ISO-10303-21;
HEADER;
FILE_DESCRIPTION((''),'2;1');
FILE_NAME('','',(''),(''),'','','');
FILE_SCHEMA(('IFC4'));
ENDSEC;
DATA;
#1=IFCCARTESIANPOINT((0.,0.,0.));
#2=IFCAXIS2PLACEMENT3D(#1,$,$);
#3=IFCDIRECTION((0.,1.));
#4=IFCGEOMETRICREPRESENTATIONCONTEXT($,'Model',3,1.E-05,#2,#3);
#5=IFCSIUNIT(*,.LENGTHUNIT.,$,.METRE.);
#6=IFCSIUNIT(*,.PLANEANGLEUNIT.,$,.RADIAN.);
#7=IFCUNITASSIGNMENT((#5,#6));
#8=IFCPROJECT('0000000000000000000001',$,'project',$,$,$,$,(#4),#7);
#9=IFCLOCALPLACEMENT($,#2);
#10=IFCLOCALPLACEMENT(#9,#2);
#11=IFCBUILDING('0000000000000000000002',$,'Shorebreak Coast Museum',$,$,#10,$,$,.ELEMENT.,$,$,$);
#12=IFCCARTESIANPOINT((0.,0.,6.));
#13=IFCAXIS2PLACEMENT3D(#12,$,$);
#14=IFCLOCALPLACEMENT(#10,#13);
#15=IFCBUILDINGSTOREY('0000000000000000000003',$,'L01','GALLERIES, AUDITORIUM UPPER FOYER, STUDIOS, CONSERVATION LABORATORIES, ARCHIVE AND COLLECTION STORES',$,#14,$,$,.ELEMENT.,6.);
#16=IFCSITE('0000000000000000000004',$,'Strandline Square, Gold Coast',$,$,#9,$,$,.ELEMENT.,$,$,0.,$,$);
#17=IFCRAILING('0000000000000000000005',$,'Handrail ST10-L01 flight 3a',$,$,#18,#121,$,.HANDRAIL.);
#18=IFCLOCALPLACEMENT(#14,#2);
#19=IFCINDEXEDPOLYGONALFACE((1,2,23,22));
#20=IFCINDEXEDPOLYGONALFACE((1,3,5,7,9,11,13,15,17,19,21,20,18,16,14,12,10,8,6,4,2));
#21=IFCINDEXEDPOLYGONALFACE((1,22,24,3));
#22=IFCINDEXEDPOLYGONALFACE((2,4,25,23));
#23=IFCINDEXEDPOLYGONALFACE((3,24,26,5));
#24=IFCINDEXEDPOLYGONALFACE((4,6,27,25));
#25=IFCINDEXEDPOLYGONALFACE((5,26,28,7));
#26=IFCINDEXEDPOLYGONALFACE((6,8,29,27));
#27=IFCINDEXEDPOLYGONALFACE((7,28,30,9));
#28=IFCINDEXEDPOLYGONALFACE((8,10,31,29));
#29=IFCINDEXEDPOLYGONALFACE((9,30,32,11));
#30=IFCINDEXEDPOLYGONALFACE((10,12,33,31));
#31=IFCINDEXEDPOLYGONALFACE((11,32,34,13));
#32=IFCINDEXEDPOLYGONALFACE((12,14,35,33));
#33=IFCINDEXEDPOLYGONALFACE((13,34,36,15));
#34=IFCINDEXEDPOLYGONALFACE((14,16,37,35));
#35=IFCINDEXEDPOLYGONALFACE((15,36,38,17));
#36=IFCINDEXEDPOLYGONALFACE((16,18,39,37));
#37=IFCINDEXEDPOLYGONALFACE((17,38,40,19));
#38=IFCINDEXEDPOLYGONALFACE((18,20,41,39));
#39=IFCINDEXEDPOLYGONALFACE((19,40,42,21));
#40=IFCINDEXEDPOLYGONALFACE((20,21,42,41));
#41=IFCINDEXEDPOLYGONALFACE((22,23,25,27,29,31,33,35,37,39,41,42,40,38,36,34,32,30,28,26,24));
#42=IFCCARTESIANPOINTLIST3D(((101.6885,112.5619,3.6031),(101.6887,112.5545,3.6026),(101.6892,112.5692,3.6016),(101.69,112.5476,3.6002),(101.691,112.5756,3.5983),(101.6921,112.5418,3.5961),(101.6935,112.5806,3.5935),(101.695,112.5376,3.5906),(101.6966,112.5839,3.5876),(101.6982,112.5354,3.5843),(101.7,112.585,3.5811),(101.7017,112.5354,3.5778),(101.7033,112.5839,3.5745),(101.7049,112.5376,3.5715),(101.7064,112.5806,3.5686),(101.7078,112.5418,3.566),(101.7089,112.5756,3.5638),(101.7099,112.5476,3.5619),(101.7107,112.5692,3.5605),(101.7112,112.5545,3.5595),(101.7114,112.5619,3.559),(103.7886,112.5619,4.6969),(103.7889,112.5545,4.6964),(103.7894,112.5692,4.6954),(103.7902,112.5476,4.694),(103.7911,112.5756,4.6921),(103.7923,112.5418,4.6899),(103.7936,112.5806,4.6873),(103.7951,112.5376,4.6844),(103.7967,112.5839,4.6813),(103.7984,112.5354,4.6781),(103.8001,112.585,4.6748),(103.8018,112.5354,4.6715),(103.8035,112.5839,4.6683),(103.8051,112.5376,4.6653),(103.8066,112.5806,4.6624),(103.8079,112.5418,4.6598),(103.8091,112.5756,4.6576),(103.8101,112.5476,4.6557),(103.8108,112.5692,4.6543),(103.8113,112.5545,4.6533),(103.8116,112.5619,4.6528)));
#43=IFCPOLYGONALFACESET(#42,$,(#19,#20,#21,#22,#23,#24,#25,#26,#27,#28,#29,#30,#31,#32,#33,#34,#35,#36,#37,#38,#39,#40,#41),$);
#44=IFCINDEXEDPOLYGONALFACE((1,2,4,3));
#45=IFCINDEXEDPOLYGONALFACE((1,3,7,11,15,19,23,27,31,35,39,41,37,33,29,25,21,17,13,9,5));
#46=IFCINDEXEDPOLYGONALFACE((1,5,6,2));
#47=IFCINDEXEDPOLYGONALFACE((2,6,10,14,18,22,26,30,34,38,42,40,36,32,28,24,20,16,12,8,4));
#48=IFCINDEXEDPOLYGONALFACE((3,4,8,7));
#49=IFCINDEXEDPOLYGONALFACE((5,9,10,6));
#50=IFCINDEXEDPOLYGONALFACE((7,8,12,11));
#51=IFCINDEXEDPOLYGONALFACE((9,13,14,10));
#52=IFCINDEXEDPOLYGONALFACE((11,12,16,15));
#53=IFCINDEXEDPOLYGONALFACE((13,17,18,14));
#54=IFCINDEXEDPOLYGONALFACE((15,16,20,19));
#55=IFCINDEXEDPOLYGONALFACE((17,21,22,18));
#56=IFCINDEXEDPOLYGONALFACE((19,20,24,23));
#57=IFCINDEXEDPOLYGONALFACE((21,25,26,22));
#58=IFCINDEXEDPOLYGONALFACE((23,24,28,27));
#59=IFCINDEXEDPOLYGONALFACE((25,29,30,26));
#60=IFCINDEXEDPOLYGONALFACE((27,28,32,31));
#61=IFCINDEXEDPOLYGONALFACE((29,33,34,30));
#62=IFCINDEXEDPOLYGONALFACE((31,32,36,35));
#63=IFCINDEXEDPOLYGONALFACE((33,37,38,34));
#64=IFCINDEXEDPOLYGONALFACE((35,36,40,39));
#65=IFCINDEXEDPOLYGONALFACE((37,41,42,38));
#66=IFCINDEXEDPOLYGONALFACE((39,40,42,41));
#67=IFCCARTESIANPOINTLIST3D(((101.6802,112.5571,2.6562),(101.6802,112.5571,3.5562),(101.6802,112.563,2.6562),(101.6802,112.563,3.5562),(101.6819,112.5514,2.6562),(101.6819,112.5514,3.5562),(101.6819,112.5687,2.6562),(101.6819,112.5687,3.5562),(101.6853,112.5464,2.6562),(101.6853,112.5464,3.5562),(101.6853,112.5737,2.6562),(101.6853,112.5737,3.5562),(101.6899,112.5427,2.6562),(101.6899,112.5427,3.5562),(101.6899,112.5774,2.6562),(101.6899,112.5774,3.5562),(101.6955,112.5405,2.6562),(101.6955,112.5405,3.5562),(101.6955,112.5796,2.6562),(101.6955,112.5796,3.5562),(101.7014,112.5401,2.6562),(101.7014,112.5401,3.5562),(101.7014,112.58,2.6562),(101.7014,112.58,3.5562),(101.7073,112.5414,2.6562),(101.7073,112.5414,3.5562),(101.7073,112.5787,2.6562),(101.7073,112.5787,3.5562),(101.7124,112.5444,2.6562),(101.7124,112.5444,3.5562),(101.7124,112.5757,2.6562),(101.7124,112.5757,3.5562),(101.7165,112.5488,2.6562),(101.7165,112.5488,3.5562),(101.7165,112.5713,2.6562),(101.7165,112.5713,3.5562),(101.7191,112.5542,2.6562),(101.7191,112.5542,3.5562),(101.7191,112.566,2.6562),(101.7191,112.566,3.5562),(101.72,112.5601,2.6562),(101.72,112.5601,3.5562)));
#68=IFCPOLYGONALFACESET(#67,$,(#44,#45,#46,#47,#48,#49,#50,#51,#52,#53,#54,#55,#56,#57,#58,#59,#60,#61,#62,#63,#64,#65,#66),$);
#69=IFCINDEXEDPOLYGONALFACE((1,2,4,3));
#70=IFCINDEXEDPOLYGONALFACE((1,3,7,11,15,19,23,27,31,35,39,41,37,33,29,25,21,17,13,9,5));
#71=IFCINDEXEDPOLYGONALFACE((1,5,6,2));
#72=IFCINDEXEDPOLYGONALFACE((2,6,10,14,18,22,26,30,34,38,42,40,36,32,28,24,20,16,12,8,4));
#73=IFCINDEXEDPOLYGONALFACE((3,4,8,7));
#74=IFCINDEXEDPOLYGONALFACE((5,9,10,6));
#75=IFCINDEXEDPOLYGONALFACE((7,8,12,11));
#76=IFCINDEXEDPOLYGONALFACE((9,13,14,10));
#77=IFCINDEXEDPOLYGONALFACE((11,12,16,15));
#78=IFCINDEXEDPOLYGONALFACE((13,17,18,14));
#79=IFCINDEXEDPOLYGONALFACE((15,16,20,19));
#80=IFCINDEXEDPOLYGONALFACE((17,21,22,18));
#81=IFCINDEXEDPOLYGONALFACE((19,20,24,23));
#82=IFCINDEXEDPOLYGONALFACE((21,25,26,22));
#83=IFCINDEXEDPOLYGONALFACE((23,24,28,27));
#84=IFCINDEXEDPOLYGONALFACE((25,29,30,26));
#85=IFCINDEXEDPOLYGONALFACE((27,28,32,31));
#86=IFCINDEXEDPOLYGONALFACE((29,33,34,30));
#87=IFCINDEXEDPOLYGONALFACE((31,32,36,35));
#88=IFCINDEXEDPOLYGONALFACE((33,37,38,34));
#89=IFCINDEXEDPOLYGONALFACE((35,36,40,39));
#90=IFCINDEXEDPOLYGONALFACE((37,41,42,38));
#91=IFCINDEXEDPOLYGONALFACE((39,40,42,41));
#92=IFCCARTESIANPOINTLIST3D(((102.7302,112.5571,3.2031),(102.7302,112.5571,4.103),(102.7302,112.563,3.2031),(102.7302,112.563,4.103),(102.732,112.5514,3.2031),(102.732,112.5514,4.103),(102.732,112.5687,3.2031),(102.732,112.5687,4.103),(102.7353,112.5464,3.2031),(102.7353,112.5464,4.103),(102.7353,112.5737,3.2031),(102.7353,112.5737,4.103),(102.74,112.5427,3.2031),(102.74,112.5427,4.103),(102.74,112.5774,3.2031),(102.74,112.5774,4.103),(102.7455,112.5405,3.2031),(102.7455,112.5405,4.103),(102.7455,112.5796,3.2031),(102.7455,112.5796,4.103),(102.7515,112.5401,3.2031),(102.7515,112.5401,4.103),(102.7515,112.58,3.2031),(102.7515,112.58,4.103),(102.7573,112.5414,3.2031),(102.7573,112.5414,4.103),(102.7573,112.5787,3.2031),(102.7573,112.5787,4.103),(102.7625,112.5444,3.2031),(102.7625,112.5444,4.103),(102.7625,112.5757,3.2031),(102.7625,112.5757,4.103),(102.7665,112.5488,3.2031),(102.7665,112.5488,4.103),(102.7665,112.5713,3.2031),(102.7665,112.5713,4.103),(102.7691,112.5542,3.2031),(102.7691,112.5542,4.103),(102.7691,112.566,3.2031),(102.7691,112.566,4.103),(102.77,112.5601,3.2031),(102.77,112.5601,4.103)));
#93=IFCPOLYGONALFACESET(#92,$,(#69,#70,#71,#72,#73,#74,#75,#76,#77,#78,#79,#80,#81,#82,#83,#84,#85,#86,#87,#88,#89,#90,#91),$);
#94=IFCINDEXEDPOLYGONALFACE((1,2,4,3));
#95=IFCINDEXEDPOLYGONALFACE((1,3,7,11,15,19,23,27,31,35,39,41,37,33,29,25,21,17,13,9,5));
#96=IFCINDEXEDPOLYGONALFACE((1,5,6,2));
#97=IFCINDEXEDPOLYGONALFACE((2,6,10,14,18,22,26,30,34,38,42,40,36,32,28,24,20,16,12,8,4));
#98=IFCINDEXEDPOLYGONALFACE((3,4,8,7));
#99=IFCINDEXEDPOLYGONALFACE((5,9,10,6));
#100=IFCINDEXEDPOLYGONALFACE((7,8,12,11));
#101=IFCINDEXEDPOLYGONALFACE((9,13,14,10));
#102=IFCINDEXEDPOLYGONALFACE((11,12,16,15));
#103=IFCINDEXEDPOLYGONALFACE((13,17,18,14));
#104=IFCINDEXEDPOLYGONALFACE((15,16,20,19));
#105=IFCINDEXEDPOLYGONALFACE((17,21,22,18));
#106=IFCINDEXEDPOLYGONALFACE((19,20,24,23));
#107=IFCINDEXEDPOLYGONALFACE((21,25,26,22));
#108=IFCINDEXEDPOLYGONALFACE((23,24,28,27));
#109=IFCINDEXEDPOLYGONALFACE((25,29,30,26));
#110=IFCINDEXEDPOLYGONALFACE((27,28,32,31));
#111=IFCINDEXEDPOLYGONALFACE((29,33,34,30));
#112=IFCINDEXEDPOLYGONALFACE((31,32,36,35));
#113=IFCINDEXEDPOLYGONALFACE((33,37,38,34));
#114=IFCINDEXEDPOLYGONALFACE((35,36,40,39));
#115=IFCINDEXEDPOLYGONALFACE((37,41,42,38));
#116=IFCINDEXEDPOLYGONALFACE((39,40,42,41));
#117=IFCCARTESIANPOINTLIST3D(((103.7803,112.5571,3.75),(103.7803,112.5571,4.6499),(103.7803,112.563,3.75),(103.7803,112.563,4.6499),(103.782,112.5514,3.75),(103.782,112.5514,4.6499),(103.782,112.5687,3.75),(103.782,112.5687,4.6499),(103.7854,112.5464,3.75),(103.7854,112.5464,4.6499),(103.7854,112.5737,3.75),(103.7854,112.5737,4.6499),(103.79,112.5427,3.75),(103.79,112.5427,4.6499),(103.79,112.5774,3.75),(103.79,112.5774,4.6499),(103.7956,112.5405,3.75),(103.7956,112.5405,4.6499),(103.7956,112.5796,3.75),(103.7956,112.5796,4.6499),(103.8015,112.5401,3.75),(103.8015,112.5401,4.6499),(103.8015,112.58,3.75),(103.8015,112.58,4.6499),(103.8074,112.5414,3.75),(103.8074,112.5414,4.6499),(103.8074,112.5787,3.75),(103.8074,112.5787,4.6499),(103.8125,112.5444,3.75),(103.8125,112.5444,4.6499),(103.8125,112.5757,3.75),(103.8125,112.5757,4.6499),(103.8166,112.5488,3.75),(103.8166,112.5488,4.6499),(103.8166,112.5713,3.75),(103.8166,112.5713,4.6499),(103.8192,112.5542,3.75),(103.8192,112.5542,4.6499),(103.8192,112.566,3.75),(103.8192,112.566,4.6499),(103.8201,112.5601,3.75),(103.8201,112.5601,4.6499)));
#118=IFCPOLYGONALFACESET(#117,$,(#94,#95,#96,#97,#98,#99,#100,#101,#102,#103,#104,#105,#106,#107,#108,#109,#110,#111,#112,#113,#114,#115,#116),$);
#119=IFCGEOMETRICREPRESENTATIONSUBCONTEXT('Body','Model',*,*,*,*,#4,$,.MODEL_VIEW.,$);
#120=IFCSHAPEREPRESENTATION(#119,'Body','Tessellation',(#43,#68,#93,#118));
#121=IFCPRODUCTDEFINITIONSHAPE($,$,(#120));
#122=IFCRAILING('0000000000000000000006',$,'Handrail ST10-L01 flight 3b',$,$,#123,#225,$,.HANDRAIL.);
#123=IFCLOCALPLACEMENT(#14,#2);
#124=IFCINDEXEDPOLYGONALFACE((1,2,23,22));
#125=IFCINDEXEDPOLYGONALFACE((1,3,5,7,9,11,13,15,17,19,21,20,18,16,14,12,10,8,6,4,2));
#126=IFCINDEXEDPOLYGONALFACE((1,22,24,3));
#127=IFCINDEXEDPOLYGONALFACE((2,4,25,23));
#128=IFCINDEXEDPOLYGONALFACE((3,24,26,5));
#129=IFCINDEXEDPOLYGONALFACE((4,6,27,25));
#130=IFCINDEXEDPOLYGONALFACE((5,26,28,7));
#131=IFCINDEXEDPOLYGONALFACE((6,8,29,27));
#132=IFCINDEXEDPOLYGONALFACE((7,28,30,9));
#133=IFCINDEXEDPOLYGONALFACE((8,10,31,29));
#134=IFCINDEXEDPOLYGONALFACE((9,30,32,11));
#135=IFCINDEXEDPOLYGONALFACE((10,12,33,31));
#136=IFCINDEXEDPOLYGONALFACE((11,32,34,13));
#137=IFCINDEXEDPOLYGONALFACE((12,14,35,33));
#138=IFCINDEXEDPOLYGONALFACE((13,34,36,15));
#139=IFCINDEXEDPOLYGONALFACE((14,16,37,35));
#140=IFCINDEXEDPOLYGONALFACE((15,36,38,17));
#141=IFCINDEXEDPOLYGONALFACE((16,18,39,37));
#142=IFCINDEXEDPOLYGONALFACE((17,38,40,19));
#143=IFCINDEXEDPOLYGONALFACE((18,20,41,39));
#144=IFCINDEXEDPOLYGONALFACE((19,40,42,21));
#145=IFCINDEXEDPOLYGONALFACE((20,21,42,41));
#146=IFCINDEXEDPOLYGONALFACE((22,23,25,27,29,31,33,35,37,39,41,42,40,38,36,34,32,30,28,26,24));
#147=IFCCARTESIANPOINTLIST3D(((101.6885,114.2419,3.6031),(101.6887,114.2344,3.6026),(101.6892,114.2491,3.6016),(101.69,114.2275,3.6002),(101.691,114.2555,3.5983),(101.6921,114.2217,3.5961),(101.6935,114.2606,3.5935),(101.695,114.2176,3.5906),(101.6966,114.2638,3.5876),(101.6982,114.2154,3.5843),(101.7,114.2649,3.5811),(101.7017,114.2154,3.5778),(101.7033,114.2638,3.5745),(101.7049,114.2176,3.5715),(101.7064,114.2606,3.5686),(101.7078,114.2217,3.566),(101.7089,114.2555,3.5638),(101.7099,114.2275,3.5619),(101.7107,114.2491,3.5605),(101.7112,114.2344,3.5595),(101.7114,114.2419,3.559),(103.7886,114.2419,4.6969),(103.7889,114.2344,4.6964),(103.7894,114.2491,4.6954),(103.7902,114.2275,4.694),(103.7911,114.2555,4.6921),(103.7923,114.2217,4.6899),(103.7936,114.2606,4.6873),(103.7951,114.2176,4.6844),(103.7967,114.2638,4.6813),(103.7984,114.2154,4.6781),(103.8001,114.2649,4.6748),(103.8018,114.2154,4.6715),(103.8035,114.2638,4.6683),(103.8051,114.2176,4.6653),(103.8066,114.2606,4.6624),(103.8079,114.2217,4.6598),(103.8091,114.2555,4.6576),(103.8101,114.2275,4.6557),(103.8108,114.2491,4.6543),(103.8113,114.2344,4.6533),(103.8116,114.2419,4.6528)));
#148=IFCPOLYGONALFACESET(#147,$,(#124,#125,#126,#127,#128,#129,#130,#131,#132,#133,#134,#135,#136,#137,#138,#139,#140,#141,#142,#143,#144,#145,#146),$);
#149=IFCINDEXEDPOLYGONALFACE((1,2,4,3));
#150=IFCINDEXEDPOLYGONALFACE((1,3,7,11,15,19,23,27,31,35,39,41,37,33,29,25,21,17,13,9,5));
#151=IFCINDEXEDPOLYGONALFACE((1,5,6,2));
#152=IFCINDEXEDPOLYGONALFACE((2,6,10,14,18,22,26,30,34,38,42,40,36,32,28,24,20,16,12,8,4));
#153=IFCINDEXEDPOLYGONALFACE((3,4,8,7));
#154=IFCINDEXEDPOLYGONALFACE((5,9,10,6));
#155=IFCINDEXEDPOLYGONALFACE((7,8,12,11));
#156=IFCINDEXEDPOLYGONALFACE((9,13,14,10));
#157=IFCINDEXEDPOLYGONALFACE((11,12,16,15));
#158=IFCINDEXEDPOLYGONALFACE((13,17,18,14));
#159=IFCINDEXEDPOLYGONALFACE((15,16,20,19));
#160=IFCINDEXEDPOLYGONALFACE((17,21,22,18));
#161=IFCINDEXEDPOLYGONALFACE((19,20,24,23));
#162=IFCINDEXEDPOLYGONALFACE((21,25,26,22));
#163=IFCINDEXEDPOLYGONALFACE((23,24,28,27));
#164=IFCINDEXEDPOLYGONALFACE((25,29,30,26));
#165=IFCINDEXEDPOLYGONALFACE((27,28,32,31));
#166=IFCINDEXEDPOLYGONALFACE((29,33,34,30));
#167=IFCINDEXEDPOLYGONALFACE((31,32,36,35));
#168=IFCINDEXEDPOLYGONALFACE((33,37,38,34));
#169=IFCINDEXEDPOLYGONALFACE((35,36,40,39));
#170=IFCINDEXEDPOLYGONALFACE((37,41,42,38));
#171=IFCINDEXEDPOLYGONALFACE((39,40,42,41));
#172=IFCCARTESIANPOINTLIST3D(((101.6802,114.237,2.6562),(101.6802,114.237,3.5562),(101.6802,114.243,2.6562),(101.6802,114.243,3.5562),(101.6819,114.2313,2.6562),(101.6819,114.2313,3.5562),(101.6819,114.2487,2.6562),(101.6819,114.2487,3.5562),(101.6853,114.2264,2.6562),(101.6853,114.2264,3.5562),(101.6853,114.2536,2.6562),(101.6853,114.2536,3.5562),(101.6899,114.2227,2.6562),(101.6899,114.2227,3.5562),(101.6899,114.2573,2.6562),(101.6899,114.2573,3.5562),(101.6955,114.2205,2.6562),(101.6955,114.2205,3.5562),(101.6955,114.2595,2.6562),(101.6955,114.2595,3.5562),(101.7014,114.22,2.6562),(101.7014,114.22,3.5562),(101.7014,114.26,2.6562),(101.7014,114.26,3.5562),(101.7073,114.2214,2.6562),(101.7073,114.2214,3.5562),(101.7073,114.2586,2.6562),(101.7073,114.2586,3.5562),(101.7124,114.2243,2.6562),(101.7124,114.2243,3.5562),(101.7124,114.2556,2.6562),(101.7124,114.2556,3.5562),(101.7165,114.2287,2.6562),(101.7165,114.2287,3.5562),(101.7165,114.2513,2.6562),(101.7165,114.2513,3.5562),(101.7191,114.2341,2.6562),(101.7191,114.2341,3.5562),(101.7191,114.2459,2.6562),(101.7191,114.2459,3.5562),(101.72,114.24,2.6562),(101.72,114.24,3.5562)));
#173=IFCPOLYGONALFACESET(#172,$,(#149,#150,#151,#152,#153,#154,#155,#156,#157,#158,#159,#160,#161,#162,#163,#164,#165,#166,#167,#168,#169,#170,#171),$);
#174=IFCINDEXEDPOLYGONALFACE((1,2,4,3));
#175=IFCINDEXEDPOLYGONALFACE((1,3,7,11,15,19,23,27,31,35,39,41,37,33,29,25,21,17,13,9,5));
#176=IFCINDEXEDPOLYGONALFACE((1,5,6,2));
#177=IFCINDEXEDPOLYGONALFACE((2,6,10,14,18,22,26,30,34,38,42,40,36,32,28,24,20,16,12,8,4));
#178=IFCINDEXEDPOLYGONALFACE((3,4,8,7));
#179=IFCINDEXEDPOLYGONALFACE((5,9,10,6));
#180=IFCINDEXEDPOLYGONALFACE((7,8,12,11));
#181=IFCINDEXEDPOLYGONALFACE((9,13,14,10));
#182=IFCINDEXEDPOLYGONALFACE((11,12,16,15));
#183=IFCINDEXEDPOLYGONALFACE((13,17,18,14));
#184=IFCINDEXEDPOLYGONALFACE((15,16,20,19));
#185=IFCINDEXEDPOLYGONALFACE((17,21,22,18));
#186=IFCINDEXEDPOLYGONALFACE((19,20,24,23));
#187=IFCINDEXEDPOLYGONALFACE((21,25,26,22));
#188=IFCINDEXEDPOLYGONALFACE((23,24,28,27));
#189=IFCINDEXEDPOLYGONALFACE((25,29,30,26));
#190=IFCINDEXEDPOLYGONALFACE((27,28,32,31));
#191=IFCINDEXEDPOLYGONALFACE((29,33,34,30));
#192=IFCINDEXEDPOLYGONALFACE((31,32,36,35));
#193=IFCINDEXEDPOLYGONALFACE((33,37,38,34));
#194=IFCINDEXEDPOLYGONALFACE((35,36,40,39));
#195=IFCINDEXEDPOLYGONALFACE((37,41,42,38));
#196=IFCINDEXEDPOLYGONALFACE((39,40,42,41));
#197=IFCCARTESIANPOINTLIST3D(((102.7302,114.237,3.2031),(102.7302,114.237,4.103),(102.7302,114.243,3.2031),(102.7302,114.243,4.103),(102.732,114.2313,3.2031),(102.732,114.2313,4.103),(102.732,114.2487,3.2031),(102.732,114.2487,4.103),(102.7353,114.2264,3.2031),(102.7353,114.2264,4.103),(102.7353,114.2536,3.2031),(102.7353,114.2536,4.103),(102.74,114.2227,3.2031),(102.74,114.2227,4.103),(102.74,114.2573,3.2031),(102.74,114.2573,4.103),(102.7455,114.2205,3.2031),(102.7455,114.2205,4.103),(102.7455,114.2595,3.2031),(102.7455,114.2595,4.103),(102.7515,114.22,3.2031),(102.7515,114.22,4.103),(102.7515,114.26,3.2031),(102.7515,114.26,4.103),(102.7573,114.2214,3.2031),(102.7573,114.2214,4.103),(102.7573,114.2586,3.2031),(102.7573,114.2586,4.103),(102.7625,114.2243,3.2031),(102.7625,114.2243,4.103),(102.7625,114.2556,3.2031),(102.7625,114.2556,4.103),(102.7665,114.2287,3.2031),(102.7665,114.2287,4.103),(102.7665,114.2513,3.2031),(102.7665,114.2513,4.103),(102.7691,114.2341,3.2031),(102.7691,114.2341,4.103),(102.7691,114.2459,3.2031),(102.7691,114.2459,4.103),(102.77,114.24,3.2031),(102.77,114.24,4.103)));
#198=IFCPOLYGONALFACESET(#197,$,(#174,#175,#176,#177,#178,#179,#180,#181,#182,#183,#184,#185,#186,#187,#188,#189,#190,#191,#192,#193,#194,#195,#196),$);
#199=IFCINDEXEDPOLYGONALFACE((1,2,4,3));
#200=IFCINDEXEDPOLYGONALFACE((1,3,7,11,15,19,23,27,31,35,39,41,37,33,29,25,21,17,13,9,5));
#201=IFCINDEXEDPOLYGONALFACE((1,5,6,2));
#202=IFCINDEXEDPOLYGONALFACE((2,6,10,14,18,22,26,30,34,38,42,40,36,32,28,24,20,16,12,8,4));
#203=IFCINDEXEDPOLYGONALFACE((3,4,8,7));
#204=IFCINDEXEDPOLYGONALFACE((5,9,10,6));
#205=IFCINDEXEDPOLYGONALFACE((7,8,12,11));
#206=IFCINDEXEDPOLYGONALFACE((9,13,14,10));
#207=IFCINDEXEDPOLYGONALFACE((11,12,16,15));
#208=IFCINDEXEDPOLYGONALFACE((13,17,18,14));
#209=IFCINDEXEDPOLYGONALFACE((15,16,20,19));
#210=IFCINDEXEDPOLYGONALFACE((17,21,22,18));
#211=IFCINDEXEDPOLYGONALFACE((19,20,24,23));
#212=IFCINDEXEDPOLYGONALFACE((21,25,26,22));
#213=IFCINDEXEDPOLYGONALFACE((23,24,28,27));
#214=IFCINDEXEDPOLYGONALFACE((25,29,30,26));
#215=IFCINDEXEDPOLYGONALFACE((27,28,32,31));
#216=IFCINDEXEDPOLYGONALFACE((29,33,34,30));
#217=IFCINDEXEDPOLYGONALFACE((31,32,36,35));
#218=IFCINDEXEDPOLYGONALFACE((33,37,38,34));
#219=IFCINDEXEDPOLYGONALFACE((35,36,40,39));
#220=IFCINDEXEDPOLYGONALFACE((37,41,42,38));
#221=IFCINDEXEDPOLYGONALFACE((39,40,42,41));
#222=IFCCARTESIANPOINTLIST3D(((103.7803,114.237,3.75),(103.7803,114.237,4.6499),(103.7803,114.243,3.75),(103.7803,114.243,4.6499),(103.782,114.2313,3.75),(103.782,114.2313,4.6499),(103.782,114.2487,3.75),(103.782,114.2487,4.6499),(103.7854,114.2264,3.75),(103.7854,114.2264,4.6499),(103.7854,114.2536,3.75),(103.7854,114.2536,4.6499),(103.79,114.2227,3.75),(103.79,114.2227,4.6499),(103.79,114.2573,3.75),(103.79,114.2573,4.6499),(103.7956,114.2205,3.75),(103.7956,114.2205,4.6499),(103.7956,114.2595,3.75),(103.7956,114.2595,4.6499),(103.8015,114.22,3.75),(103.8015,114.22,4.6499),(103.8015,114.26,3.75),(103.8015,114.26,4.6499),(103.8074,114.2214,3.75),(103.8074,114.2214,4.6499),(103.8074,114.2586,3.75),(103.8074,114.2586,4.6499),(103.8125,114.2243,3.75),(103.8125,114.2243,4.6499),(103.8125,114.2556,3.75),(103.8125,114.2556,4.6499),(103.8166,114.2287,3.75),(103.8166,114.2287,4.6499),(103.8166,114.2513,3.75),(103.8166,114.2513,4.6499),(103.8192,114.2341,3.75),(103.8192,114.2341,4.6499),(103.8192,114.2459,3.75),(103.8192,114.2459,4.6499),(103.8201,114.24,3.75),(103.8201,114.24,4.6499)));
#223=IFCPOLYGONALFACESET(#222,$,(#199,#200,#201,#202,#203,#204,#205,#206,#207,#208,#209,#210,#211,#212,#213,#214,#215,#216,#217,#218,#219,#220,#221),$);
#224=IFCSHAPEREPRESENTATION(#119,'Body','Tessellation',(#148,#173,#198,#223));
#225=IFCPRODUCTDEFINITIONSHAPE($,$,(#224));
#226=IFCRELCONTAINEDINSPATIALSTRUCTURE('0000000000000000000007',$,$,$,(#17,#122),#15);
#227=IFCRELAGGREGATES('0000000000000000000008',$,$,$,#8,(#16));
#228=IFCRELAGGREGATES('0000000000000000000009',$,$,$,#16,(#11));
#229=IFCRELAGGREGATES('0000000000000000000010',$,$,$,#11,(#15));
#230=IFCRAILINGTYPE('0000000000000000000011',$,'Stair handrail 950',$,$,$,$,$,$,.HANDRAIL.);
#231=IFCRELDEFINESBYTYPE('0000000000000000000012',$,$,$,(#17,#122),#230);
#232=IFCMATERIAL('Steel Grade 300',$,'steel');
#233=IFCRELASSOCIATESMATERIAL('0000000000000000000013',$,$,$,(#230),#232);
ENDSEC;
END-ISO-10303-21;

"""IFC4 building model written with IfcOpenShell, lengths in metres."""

from ifc_helpers import new_model, si_unit, direction, frame, origin, origin_2d, place, context, subcontext, project, spatial, circle, extrude, material, type_object, element, save


model = new_model("IFC4")

# Units and contexts
model_context = context("Model", 3, precision=1e-05, world=origin(), true_north=direction((0.0, 1.0)))
body_context = subcontext(model_context, "Body", "Model", "MODEL_VIEW")
ifc_project = project(units=[si_unit("LENGTHUNIT", "METRE"), si_unit("PLANEANGLEUNIT", "RADIAN")], contexts=[model_context])

# Site, building, storey
site_placement = place(None, origin())
site = spatial("IfcSite", under=ifc_project, at=site_placement, Name="Strandline Square, Gold Coast", CompositionType="ELEMENT", RefElevation=0.0)
building_placement = place(site_placement, origin())
building = spatial("IfcBuilding", under=site, at=building_placement, Name="Shorebreak Coast Museum", CompositionType="ELEMENT")
storey_placement = place(building_placement, frame((0.0, 0.0, 6.0)))
storey = spatial("IfcBuildingStorey", under=building, at=storey_placement, Name="L01", Description="GALLERIES, AUDITORIUM UPPER FOYER, STUDIOS, CONSERVATION LABORATORIES, ARCHIVE AND COLLECTION STORES", CompositionType="ELEMENT", Elevation=6.0)

# Railings
ifc_material_1 = material(Name="Steel Grade 300", Category="steel")
railing_type_1 = type_object("IfcRailingType", Name="Stair handrail 950", PredefinedType="HANDRAIL", material=ifc_material_1)
for number, where, name in (
    (1, (101.7, 112.5601, 2.6562), "Handrail ST10-L01 flight 3a"),
    (2, (101.7, 114.24, 2.6562), "Handrail ST10-L01 flight 3b"),
):
    element("IfcRailing", number, at=place(storey_placement, frame(where)), inside=storey, type_object=railing_type_1, Name=name, PredefinedType="HANDRAIL", context=body_context, shape_type="SweptSolid", body=[
        extrude(circle(Radius=0.0249, at=origin_2d()), frame((0.0, 0.0, 0.9248), z_axis=(0.886923, 0.0, 0.461918), x_axis=(0.0, 1.0, 0.0)), (0.0, 0.0, 1.0), 2.3679),
        extrude(circle(Radius=0.02, at=origin_2d()), origin(), (0.0, 0.0, 1.0), 0.8999),
        extrude(circle(Radius=0.02, at=origin_2d()), frame((1.05, 0.0, 0.5469)), (0.0, 0.0, 1.0), 0.8999),
        extrude(circle(Radius=0.02, at=origin_2d()), frame((2.1001, 0.0, 1.0938)), (0.0, 0.0, 1.0), 0.8999),
    ])

save(model, "model.ifc")
